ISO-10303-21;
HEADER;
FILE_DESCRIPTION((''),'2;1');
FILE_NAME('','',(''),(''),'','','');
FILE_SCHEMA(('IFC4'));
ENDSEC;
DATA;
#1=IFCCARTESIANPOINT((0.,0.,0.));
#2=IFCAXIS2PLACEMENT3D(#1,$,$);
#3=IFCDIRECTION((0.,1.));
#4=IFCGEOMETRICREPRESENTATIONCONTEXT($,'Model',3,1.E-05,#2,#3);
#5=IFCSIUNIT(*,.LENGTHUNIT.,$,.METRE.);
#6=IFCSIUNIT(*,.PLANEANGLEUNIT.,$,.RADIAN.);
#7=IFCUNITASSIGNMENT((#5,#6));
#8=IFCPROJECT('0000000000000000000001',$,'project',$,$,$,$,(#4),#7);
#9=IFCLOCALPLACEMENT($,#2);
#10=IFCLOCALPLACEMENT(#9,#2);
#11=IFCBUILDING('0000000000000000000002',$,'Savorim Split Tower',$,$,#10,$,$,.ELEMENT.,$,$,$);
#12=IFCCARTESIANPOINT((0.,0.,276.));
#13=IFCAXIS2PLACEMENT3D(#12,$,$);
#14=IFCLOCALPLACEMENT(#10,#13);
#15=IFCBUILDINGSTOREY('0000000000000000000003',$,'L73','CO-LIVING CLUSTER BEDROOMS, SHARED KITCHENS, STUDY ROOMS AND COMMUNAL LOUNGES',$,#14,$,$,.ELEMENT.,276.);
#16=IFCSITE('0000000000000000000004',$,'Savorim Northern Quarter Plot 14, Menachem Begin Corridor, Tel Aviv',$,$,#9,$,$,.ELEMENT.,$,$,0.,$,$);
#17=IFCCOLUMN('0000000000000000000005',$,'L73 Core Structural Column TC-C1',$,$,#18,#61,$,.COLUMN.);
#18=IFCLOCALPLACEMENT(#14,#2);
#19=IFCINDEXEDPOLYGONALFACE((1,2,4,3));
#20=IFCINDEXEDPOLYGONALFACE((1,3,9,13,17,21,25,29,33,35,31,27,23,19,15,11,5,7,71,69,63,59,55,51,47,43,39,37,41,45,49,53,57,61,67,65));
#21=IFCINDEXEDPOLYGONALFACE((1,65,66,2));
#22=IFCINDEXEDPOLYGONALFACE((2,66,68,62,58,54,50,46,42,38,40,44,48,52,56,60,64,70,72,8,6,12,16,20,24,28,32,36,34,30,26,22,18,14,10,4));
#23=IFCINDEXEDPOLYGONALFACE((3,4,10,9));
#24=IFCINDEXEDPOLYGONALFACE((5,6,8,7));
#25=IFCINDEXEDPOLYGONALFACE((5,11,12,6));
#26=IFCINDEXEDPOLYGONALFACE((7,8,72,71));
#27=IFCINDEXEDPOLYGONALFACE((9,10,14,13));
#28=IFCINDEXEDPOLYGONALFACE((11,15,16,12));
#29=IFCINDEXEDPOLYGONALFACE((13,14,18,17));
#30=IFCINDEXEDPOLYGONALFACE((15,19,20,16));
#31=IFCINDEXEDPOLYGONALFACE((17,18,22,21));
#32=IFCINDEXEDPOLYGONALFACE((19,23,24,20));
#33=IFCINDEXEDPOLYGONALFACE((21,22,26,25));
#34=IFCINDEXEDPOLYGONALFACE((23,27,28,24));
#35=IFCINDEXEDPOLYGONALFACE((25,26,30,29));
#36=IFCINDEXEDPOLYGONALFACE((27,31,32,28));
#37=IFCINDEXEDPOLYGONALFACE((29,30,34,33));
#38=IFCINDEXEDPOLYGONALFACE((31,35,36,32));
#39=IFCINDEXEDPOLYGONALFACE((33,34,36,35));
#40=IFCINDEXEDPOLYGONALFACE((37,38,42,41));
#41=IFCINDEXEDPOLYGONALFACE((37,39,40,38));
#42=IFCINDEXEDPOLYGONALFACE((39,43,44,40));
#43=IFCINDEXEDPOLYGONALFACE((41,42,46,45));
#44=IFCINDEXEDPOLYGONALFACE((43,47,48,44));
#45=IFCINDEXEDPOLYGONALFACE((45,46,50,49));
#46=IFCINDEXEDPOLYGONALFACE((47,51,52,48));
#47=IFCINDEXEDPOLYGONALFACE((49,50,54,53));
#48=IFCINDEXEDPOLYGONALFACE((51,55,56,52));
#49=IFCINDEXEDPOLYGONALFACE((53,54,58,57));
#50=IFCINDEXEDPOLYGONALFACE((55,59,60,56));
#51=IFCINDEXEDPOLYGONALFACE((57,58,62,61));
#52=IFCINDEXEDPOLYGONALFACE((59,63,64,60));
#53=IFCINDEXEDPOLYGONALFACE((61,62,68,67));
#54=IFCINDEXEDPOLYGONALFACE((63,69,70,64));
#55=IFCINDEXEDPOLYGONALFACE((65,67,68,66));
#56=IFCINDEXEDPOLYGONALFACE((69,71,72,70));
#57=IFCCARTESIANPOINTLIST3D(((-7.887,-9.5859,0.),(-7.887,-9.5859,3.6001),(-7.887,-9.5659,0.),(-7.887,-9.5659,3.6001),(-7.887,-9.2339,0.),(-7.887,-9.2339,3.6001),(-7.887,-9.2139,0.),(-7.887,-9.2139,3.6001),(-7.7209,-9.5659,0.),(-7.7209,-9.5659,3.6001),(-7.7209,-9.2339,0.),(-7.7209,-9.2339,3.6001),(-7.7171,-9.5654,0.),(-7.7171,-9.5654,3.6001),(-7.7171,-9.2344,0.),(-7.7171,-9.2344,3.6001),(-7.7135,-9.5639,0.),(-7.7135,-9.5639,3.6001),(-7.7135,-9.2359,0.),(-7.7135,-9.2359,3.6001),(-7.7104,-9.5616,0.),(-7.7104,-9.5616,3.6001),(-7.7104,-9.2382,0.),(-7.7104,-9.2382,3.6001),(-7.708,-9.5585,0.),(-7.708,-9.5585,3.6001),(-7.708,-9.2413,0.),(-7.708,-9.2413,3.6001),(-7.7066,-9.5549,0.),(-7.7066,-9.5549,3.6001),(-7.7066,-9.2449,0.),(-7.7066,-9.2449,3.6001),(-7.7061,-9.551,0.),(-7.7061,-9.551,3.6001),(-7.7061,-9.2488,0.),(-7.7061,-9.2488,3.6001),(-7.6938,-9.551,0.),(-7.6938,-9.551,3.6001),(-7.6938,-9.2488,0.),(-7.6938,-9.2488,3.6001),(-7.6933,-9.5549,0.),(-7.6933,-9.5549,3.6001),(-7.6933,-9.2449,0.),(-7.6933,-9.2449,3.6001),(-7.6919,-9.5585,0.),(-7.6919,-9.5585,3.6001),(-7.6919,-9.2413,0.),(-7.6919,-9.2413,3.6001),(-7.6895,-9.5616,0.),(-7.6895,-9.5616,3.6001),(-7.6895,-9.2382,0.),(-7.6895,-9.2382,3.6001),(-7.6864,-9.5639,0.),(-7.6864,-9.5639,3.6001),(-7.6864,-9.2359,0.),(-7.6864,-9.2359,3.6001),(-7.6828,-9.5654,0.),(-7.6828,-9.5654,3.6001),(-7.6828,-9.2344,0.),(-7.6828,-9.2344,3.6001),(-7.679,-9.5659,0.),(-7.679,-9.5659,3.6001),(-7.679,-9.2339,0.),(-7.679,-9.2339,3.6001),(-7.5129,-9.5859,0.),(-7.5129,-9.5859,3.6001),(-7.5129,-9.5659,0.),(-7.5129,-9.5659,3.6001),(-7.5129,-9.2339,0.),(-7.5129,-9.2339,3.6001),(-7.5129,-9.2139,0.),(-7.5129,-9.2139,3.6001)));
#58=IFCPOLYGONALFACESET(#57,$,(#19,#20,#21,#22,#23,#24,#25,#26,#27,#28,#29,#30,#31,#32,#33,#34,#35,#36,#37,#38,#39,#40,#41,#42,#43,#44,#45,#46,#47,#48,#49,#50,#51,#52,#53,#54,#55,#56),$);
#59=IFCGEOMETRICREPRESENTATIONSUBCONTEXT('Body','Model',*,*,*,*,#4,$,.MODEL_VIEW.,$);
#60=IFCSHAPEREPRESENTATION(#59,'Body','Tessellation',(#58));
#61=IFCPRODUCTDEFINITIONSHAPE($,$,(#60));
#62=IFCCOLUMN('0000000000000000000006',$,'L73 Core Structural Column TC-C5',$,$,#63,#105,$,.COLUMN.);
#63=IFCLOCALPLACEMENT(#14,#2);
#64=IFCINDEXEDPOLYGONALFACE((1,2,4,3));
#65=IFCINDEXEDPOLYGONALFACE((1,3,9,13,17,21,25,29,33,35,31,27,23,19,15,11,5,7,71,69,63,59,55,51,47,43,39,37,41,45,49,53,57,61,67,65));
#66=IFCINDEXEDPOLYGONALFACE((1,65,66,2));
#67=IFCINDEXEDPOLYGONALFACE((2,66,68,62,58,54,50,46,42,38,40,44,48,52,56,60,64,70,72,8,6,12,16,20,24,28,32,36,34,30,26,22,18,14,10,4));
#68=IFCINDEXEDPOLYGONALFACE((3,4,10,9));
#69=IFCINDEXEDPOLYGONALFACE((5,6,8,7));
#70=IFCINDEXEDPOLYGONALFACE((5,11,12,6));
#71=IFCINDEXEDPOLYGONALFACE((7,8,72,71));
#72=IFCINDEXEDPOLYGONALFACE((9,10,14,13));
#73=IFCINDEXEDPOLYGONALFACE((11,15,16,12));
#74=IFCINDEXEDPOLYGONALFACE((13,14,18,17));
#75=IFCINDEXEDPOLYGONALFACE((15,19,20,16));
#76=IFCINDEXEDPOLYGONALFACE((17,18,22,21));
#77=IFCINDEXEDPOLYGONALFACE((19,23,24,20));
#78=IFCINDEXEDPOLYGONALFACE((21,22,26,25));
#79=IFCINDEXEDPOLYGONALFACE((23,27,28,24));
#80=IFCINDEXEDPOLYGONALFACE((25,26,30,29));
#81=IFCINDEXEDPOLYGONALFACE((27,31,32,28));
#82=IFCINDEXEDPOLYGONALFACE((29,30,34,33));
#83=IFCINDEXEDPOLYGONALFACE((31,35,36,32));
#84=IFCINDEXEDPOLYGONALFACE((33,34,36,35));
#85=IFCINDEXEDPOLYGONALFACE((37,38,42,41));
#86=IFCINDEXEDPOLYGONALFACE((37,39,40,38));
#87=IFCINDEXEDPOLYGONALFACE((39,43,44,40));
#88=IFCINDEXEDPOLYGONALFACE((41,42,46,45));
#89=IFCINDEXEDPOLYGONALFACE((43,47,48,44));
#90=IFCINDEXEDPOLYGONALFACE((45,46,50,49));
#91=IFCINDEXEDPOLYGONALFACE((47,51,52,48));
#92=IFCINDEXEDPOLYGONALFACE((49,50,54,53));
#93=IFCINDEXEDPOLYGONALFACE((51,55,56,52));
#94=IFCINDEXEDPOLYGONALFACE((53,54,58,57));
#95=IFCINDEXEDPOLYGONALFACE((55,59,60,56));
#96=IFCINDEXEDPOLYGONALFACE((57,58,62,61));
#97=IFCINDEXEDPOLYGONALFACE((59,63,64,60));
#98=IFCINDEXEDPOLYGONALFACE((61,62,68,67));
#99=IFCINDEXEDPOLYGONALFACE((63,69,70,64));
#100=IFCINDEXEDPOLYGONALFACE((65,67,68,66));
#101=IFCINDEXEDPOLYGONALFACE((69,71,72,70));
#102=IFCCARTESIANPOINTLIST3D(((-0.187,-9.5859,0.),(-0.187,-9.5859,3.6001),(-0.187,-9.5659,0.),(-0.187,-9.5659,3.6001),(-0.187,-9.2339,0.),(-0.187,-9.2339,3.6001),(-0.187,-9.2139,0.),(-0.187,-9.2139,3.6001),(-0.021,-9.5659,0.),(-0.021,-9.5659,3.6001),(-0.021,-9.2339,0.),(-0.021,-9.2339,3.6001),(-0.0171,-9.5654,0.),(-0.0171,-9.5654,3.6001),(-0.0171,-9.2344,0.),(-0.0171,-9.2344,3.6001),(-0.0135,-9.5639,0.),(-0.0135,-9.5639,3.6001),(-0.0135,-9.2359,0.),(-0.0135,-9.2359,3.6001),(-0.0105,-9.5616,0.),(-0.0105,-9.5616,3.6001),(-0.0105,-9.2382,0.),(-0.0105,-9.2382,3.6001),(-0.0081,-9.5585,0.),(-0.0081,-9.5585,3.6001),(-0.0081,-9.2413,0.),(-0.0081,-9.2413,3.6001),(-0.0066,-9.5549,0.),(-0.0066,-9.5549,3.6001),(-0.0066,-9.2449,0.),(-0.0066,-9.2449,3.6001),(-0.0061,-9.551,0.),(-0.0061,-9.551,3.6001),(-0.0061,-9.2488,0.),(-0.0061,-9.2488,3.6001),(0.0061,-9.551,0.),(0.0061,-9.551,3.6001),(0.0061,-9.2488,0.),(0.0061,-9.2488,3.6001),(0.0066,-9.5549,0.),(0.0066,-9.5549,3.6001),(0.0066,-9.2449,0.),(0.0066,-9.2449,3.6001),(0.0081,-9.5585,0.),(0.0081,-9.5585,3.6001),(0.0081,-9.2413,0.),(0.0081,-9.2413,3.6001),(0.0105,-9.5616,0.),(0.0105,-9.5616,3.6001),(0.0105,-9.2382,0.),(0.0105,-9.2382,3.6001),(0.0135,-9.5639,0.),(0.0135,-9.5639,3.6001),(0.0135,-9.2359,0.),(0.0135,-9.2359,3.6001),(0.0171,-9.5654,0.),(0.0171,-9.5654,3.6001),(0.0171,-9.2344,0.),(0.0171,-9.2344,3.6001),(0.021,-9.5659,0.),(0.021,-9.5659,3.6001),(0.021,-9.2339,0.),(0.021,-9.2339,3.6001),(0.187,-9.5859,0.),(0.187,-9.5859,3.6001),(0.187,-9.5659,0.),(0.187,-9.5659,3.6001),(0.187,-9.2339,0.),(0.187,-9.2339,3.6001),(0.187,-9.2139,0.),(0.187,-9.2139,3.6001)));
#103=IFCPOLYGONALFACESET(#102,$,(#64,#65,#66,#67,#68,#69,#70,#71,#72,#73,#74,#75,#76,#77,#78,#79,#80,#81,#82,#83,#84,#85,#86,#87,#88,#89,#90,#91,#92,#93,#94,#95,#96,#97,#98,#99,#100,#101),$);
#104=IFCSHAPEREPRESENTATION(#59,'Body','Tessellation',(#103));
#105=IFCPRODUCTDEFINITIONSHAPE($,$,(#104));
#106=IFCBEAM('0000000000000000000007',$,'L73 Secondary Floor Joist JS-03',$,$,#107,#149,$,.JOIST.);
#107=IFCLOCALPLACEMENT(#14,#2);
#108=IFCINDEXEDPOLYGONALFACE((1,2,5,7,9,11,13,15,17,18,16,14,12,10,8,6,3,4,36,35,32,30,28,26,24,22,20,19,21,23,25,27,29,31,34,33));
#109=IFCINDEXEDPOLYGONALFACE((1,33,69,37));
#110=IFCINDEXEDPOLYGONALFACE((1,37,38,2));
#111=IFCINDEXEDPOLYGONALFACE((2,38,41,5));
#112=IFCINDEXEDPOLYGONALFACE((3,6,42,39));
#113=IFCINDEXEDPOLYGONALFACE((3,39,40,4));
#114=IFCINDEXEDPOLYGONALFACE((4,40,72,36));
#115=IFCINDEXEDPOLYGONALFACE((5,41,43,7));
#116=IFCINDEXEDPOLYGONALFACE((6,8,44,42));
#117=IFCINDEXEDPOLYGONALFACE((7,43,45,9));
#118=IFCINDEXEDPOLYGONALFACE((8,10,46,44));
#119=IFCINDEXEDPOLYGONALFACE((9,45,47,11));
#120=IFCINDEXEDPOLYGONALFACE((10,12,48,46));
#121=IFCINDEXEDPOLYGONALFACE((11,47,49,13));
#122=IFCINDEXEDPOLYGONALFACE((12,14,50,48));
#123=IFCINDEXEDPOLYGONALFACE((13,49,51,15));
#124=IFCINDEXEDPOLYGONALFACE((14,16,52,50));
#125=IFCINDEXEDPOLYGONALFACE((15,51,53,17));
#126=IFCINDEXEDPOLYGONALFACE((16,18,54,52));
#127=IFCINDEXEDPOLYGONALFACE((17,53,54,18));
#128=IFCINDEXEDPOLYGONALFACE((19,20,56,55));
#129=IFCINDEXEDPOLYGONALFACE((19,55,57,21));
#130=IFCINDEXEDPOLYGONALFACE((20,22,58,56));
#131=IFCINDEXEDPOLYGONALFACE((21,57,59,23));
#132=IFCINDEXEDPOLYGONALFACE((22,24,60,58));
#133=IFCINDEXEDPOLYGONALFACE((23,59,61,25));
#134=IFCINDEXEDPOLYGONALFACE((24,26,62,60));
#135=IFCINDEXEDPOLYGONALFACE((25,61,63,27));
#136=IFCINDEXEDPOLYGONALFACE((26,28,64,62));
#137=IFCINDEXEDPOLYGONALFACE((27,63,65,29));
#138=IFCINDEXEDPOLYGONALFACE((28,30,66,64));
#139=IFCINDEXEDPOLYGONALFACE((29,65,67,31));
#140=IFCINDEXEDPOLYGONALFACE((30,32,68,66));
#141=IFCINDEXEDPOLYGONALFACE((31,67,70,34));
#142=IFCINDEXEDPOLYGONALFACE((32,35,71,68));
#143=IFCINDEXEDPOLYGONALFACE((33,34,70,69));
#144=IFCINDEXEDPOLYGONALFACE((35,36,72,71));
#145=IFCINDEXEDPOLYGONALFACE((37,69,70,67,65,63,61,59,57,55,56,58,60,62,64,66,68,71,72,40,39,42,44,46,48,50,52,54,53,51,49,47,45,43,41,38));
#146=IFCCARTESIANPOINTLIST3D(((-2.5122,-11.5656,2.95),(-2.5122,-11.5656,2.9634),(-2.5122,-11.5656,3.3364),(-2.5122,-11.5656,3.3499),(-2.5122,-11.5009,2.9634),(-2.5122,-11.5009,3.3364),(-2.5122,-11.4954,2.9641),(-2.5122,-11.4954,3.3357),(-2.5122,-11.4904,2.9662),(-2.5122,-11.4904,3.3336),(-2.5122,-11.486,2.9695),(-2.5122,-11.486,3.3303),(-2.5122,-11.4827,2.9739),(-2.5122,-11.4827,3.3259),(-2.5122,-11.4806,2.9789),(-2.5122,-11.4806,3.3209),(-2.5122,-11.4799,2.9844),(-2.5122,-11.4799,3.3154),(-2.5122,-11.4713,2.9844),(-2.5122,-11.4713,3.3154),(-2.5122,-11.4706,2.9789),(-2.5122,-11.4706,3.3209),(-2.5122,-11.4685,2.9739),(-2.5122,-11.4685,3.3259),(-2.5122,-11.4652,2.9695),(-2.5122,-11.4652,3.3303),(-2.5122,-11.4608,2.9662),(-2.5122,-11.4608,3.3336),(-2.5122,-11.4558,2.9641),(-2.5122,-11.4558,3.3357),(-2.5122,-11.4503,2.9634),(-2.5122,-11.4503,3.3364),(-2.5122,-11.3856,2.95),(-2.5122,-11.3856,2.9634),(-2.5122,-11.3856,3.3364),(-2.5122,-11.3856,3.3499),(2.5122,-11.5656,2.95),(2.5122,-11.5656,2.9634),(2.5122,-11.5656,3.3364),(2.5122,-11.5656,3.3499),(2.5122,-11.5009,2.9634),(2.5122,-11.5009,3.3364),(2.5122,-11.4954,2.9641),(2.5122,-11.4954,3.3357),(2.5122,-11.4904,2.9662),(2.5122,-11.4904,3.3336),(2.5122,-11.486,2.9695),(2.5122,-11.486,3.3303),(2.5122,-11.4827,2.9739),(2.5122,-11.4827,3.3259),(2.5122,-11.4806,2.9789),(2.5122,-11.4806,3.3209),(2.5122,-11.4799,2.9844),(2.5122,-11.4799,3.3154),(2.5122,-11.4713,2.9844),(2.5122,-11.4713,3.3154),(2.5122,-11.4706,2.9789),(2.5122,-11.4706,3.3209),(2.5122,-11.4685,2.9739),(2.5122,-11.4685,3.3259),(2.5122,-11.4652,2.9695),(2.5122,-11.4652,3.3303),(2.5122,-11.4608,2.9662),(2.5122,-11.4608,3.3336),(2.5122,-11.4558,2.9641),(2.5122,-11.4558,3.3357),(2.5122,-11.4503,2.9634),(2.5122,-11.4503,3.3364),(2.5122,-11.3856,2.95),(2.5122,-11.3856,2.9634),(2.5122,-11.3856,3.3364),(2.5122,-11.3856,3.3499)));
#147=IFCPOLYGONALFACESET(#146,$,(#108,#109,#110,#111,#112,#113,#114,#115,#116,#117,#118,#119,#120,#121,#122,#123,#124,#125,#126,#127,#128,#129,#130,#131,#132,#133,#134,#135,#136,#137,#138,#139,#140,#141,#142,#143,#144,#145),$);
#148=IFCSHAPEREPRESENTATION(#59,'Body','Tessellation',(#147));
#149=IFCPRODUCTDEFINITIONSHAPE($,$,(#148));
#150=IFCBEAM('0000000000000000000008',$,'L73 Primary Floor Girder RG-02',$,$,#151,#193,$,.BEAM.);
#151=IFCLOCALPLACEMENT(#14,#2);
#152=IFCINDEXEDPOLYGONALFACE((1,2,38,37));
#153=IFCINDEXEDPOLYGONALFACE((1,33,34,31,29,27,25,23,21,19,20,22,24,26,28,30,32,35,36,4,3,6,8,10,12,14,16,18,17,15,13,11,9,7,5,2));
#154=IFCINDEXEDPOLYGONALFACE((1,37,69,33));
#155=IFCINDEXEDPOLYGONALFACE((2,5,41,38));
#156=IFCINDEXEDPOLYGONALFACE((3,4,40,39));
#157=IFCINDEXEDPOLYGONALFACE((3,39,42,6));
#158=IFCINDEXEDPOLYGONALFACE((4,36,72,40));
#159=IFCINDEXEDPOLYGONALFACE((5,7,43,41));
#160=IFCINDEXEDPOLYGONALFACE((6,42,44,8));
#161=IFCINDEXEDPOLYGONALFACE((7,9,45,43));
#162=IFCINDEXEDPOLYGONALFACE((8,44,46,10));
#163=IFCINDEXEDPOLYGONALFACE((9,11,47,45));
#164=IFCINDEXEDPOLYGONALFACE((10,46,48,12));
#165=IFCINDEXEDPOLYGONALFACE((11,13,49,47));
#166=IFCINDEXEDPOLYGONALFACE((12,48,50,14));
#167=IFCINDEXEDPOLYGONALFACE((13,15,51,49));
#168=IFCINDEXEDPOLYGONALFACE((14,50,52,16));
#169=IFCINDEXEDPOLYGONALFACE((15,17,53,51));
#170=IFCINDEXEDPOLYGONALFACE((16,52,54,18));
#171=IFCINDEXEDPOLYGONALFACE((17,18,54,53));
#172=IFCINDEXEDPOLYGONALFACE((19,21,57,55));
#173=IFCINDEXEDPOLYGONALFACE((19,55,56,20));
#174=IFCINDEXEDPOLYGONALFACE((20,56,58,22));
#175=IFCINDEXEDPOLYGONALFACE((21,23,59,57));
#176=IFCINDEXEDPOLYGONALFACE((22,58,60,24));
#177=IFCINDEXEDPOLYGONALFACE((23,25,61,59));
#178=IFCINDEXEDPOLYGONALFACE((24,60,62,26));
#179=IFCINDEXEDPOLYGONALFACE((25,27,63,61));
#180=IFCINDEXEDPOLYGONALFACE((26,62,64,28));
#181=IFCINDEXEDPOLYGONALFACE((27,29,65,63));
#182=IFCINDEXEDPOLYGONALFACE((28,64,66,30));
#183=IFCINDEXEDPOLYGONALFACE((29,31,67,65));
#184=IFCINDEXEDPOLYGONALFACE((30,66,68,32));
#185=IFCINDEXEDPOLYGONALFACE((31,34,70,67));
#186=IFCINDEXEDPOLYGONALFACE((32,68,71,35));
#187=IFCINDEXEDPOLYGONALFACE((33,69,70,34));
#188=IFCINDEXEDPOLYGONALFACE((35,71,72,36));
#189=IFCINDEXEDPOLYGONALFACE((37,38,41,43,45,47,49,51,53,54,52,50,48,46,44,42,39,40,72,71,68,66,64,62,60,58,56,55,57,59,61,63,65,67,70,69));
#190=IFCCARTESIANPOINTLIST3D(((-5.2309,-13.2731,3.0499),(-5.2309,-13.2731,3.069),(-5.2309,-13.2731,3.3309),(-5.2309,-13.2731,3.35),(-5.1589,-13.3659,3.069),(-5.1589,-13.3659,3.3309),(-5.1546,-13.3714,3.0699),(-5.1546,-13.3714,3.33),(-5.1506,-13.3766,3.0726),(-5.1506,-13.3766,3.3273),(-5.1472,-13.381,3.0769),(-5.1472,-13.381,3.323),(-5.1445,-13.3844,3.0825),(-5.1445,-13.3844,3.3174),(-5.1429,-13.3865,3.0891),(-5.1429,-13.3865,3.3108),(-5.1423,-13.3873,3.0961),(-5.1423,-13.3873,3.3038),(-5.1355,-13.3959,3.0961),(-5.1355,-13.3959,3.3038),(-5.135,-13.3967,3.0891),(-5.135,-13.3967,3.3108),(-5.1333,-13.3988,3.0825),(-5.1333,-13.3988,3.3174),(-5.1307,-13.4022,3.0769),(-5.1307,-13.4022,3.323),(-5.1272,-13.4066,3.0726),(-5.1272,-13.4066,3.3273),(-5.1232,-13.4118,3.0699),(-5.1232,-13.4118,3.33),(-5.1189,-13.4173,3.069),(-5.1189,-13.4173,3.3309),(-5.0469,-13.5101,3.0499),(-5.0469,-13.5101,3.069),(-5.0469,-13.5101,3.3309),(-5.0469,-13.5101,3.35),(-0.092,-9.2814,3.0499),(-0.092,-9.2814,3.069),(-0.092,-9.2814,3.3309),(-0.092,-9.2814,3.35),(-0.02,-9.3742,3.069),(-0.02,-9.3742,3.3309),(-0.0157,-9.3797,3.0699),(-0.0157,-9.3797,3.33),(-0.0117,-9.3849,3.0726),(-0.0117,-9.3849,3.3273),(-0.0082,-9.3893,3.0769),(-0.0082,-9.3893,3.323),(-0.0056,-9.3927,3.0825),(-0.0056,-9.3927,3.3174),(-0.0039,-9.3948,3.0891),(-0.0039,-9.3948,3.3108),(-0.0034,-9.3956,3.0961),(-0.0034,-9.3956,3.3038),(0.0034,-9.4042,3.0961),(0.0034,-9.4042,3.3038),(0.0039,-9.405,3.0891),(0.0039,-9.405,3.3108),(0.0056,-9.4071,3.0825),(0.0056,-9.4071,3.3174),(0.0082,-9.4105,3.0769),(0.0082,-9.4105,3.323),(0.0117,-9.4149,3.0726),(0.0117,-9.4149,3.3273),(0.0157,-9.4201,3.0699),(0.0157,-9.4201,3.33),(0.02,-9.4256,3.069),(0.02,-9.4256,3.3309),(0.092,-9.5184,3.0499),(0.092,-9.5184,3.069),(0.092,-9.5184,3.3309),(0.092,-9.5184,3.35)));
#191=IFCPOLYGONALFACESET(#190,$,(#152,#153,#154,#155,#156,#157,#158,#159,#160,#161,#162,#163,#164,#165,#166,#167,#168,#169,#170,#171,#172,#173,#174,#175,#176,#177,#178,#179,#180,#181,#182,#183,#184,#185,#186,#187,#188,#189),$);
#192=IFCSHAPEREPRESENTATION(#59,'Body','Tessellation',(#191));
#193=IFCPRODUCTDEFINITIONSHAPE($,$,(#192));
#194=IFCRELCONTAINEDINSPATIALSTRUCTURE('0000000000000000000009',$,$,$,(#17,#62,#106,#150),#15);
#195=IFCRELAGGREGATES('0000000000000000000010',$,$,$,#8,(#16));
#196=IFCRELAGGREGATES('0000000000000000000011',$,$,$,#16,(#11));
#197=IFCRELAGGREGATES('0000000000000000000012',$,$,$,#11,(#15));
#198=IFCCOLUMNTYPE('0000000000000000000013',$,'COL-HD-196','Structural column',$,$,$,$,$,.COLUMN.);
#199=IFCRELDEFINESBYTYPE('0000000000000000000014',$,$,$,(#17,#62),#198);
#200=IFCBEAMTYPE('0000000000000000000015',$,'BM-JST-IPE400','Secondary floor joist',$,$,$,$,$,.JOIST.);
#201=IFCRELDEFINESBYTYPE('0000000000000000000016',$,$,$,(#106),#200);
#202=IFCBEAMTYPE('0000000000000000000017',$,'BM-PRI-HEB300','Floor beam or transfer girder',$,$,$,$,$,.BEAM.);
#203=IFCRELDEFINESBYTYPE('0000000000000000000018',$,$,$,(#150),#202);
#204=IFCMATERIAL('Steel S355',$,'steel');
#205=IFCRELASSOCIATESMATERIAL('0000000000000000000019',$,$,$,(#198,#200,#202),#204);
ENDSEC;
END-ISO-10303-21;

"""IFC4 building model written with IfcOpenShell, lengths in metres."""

from ifc_helpers import new_model, si_unit, direction, frame, origin, origin_2d, place, context, subcontext, project, spatial, i_section, extrude, material, material_profile, profile_set, type_object, element, save


model = new_model("IFC4")

# Units and contexts
model_context = context("Model", 3, precision=1e-05, world=origin(), true_north=direction((0.0, 1.0)))
body_context = subcontext(model_context, "Body", "Model", "MODEL_VIEW")
ifc_project = project(units=[si_unit("LENGTHUNIT", "METRE"), si_unit("PLANEANGLEUNIT", "RADIAN")], contexts=[model_context])

# Site, building, storey
site_placement = place(None, origin())
site = spatial("IfcSite", under=ifc_project, at=site_placement, Name="Savorim Northern Quarter Plot 14, Menachem Begin Corridor, Tel Aviv", CompositionType="ELEMENT", RefElevation=0.0)
building_placement = place(site_placement, origin())
building = spatial("IfcBuilding", under=site, at=building_placement, Name="Savorim Split Tower", CompositionType="ELEMENT")
storey_placement = place(building_placement, frame((0.0, 0.0, 276.0)))
storey = spatial("IfcBuildingStorey", under=building, at=storey_placement, Name="L73", Description="CO-LIVING CLUSTER BEDROOMS, SHARED KITCHENS, STUDY ROOMS AND COMMUNAL LOUNGES", CompositionType="ELEMENT", Elevation=276.0)

# Columns
ifc_material_1 = material(Name="Steel S355", Category="steel")
ifc_material_profile_1 = material_profile(ifc_material_1, i_section(OverallWidth=0.374, OverallDepth=0.3721, WebThickness=0.0122, FlangeThickness=0.02, FilletRadius=0.0149, at=origin_2d()), Name="HD 360x196")
ifc_profile_set_1 = profile_set([ifc_material_profile_1], Name="Steel S355")
column_type = type_object("IfcColumnType", Name="COL-HD-196", Description="Structural column", PredefinedType="COLUMN", material=ifc_profile_set_1)
for number, where, z_axis, x_axis, name in (
    (1, (-7.7, -9.3999, 0.0), (0.0, 0.0, 1.0), (1.0, 0.0, 0.0), "L73 Core Structural Column TC-C1"),
    (2, (0.0, -9.3999, 0.0), (0.0, 0.0, 1.0), (1.0, 0.0, 0.0), "L73 Core Structural Column TC-C5"),
):
    element("IfcColumn", number, at=place(storey_placement, frame(where, z_axis=z_axis, x_axis=x_axis)), inside=storey, type_object=column_type, Name=name, PredefinedType="COLUMN", context=body_context, shape_type="SweptSolid", body=[
        extrude(i_section(OverallWidth=0.374, OverallDepth=0.3721, WebThickness=0.0122, FlangeThickness=0.02, FilletRadius=0.0149, at=origin_2d()), origin(), (0.0, 0.0, 1.0), 3.6001),
    ])

# Beams
ifc_material_profile_2 = material_profile(ifc_material_1, i_section(OverallWidth=0.1799, OverallDepth=0.3999, WebThickness=0.0085, FlangeThickness=0.0134, FilletRadius=0.021, at=origin_2d()), Name="IPE 400")
ifc_profile_set_2 = profile_set([ifc_material_profile_2], Name="Steel S355")
beam_type_1 = type_object("IfcBeamType", Name="BM-JST-IPE400", Description="Secondary floor joist", PredefinedType="JOIST", material=ifc_profile_set_2)
beam_1_placement = place(storey_placement, frame((-2.5122, -11.4756, 3.1499), z_axis=(1.0, 0.0, 0.0), x_axis=(0.0, 1.0, 0.0)))
element("IfcBeam", 3, at=beam_1_placement, inside=storey, type_object=beam_type_1, Name="L73 Secondary Floor Joist JS-03", PredefinedType="JOIST", context=body_context, shape_type="SweptSolid", body=[
    extrude(i_section(OverallWidth=0.1799, OverallDepth=0.3999, WebThickness=0.0085, FlangeThickness=0.0134, FilletRadius=0.021, at=origin_2d()), origin(), (0.0, 0.0, 1.0), 5.0244),
])
ifc_material_profile_3 = material_profile(ifc_material_1, i_section(OverallWidth=0.3, OverallDepth=0.3, WebThickness=0.011, FlangeThickness=0.019, FilletRadius=0.0271, at=origin_2d()), Name="HEB 300")
ifc_profile_set_3 = profile_set([ifc_material_profile_3], Name="Steel S355")
beam_type_2 = type_object("IfcBeamType", Name="BM-PRI-HEB300", Description="Floor beam or transfer girder", PredefinedType="BEAM", material=ifc_profile_set_3)
beam_2_placement = place(storey_placement, frame((-5.1389, -13.3916, 3.2), z_axis=(0.789742, 0.613439, 0.0), x_axis=(-0.613439, 0.789742, 0.0)))
element("IfcBeam", 4, at=beam_2_placement, inside=storey, type_object=beam_type_2, Name="L73 Primary Floor Girder RG-02", PredefinedType="BEAM", context=body_context, shape_type="SweptSolid", body=[
    extrude(i_section(OverallWidth=0.3, OverallDepth=0.3, WebThickness=0.011, FlangeThickness=0.019, FilletRadius=0.0271, at=origin_2d()), origin(), (0.0, 0.0, 1.0), 6.5071),
])

save(model, "model.ifc")
